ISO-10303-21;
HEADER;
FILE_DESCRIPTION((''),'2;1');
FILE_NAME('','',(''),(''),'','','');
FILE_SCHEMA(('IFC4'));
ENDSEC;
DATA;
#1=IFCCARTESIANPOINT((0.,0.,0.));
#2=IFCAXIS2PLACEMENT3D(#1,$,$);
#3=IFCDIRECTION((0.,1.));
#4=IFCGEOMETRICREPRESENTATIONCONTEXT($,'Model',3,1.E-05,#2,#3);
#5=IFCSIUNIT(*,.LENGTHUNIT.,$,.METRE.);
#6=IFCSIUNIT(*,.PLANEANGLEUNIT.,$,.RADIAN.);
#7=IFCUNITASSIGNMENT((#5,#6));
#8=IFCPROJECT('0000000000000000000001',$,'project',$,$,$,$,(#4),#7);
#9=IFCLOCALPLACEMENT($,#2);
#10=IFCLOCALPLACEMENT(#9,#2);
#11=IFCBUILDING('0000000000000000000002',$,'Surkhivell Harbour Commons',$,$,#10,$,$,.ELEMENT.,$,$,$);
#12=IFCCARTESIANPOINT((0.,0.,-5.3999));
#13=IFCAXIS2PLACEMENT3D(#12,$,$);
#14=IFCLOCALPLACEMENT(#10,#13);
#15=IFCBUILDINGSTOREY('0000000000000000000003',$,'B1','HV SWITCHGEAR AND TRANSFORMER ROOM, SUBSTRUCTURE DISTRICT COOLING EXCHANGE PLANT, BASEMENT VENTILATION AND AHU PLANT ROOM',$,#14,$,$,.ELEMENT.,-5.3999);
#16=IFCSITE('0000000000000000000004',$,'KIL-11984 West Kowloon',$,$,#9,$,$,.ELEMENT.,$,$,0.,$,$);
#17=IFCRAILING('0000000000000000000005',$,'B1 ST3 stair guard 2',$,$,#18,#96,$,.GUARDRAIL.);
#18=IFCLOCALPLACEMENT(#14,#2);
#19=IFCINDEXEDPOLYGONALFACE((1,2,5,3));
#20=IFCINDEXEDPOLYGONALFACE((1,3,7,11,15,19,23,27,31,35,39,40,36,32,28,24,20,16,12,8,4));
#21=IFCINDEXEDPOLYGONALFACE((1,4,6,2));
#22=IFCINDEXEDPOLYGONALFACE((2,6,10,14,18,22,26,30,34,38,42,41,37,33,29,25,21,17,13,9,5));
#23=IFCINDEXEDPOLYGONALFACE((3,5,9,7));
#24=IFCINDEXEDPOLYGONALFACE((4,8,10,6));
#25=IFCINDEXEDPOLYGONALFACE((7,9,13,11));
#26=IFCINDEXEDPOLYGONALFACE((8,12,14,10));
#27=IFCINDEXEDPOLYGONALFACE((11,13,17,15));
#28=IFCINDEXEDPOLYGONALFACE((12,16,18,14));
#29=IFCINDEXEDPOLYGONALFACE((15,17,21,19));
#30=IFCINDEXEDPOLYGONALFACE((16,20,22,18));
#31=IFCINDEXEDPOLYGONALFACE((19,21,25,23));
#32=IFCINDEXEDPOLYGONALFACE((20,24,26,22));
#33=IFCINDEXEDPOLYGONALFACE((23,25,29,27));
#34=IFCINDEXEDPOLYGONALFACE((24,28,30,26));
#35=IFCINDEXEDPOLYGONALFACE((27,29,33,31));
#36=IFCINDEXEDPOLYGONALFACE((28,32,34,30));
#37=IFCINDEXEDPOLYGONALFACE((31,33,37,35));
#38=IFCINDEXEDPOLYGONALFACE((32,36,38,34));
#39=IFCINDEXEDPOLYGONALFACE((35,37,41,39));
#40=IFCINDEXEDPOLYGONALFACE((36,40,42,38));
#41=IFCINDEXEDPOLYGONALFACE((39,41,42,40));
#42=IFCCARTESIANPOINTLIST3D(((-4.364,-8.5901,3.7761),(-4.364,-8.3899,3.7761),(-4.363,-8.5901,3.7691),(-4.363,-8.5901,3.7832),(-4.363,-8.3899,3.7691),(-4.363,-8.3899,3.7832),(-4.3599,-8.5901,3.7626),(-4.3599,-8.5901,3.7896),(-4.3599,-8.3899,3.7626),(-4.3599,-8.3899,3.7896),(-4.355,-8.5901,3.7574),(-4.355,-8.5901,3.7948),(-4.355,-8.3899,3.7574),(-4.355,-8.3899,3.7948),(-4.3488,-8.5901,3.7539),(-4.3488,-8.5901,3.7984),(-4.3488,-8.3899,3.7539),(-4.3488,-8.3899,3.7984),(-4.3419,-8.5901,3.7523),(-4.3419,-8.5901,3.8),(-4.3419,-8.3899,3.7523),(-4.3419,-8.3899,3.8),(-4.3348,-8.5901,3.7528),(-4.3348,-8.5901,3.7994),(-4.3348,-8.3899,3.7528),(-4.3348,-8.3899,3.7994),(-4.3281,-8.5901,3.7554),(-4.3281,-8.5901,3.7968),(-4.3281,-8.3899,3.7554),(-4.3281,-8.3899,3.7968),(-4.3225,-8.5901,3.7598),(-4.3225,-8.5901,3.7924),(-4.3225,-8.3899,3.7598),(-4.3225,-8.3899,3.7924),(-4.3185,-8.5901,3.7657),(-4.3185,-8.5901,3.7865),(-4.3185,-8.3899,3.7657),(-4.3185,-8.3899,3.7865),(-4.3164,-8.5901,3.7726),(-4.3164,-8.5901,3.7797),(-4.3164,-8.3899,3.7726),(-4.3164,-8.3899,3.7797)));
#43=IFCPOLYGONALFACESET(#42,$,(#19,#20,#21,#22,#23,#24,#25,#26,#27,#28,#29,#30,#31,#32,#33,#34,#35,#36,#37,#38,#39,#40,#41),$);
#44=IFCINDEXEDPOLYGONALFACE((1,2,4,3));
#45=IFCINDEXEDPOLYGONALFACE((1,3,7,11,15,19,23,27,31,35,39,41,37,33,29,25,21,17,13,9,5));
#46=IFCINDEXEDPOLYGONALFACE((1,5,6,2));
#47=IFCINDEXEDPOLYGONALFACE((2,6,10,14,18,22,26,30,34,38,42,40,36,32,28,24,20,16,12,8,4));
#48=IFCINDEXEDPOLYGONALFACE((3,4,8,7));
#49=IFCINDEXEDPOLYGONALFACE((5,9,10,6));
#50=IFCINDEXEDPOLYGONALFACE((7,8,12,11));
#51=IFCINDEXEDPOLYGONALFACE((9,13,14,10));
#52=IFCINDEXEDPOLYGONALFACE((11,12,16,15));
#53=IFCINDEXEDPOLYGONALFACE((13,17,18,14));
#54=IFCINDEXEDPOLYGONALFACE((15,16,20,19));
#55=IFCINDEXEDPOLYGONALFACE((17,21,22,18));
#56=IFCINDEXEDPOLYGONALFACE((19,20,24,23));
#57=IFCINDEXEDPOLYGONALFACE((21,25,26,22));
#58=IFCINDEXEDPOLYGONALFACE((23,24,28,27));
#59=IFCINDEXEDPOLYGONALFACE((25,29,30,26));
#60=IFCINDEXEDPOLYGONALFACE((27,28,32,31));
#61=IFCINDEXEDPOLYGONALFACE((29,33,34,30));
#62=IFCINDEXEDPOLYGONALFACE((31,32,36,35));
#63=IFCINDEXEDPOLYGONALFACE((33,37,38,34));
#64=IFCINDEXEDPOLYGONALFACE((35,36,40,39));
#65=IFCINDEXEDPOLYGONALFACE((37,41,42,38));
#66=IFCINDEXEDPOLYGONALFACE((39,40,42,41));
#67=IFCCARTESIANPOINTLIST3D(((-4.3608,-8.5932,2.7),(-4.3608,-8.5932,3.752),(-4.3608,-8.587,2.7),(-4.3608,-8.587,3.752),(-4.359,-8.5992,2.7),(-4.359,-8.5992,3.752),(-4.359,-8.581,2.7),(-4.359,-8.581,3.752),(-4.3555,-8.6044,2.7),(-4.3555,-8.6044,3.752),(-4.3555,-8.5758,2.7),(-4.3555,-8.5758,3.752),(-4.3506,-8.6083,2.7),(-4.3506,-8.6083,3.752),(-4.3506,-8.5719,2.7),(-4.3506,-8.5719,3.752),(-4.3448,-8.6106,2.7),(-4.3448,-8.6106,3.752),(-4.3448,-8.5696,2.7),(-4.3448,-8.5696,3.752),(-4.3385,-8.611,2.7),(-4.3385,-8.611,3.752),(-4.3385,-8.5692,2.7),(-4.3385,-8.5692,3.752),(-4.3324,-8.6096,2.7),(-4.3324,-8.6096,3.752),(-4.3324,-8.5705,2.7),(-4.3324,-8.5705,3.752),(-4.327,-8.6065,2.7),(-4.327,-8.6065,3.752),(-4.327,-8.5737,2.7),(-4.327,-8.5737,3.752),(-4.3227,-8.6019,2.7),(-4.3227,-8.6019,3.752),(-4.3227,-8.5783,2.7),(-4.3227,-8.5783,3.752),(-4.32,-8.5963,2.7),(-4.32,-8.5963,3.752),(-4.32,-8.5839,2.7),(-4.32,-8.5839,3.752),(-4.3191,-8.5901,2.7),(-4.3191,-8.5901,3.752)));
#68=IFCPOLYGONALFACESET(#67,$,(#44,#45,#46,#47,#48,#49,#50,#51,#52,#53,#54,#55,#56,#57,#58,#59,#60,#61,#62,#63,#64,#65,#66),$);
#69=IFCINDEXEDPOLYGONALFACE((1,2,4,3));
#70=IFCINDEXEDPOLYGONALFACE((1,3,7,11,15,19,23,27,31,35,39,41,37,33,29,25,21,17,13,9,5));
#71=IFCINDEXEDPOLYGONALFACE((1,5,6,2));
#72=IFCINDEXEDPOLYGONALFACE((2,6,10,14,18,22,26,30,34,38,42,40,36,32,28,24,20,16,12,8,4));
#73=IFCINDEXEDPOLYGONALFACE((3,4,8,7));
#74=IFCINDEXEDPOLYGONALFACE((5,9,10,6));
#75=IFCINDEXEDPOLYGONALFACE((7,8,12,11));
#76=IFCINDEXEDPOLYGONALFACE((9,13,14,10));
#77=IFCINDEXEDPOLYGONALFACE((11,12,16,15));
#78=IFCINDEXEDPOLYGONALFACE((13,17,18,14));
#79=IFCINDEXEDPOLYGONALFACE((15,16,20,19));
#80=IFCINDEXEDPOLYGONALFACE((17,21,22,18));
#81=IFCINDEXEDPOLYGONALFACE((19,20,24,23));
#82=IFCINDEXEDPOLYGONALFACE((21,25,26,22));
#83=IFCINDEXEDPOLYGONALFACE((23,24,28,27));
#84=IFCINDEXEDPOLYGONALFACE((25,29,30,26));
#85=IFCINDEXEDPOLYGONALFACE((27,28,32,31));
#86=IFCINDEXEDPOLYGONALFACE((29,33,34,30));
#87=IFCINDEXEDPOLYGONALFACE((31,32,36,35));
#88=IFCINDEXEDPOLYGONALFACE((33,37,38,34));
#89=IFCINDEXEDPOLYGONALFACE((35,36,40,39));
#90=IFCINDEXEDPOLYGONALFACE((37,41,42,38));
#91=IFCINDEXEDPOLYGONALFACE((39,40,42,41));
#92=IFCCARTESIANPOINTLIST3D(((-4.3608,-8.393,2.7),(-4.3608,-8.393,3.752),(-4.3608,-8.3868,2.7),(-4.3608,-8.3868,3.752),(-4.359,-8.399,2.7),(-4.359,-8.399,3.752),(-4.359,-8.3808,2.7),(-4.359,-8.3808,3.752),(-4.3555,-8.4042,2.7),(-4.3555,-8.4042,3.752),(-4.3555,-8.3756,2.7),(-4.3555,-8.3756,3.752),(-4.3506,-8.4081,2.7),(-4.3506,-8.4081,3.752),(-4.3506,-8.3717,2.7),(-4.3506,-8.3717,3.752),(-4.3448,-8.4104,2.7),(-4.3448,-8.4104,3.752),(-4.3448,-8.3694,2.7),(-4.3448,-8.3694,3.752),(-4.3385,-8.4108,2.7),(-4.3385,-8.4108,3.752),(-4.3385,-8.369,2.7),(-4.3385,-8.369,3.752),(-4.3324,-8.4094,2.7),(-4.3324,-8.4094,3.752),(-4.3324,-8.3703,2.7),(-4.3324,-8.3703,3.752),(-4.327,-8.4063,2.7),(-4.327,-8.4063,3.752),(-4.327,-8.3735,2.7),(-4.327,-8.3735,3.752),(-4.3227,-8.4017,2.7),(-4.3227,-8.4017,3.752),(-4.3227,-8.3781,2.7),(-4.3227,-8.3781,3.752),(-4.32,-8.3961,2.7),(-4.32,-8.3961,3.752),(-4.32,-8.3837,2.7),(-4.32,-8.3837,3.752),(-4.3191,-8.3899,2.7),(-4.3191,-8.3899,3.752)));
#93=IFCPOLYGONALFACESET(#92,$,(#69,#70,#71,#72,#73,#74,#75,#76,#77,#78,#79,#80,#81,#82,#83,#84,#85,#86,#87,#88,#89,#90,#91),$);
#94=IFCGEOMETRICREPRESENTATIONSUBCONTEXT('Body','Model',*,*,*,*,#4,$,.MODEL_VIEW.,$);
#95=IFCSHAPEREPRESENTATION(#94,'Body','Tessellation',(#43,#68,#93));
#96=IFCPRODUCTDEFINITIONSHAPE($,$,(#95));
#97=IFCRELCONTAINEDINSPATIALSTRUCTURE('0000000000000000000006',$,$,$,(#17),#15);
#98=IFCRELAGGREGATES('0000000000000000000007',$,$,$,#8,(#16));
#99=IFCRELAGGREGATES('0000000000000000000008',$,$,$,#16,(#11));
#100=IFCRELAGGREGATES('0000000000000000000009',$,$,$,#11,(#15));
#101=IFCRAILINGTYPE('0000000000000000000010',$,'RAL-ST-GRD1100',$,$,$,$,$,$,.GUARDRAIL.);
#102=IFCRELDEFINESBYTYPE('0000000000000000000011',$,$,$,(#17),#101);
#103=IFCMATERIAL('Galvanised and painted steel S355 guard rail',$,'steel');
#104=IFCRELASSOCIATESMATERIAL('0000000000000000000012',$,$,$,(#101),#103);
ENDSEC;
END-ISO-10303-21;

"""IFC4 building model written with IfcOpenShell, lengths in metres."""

from ifc_helpers import new_model, si_unit, direction, frame, origin, origin_2d, place, context, subcontext, project, spatial, circle, extrude, material, type_object, element, save


model = new_model("IFC4")

# Units and contexts
model_context = context("Model", 3, precision=1e-05, world=origin(), true_north=direction((0.0, 1.0)))
body_context = subcontext(model_context, "Body", "Model", "MODEL_VIEW")
ifc_project = project(units=[si_unit("LENGTHUNIT", "METRE"), si_unit("PLANEANGLEUNIT", "RADIAN")], contexts=[model_context])

# Site, building, storey
site_placement = place(None, origin())
site = spatial("IfcSite", under=ifc_project, at=site_placement, Name="KIL-11984 West Kowloon", CompositionType="ELEMENT", RefElevation=0.0)
building_placement = place(site_placement, origin())
building = spatial("IfcBuilding", under=site, at=building_placement, Name="Surkhivell Harbour Commons", CompositionType="ELEMENT")
storey_placement = place(building_placement, frame((0.0, 0.0, -5.3999)))
storey = spatial("IfcBuildingStorey", under=building, at=storey_placement, Name="B1", Description="HV SWITCHGEAR AND TRANSFORMER ROOM, SUBSTRUCTURE DISTRICT COOLING EXCHANGE PLANT, BASEMENT VENTILATION AND AHU PLANT ROOM", CompositionType="ELEMENT", Elevation=-5.3999)

# Railing
ifc_material_1 = material(Name="Galvanised and painted steel S355 guard rail", Category="steel")
railing_type_1 = type_object("IfcRailingType", Name="RAL-ST-GRD1100", PredefinedType="GUARDRAIL", material=ifc_material_1)
railing_1_placement = place(storey_placement, frame((-4.3401, -8.5901, 2.7)))
element("IfcRailing", 1, at=railing_1_placement, inside=storey, type_object=railing_type_1, Name="B1 ST3 stair guard 2", PredefinedType="GUARDRAIL", context=body_context, shape_type="SweptSolid", body=[
    extrude(circle(Radius=0.0239, at=origin_2d()), frame((0.0, 0.0, 1.0762), z_axis=(0.0, 1.0, 0.0), x_axis=(-1.0, 0.0, 0.0)), (0.0, 0.0, 1.0), 0.2002),
    extrude(circle(Radius=0.021, at=origin_2d()), origin(), (0.0, 0.0, 1.0), 1.052),
    extrude(circle(Radius=0.021, at=origin_2d()), frame((0.0, 0.2002, 0.0)), (0.0, 0.0, 1.0), 1.052),
])

save(model, "model.ifc")
